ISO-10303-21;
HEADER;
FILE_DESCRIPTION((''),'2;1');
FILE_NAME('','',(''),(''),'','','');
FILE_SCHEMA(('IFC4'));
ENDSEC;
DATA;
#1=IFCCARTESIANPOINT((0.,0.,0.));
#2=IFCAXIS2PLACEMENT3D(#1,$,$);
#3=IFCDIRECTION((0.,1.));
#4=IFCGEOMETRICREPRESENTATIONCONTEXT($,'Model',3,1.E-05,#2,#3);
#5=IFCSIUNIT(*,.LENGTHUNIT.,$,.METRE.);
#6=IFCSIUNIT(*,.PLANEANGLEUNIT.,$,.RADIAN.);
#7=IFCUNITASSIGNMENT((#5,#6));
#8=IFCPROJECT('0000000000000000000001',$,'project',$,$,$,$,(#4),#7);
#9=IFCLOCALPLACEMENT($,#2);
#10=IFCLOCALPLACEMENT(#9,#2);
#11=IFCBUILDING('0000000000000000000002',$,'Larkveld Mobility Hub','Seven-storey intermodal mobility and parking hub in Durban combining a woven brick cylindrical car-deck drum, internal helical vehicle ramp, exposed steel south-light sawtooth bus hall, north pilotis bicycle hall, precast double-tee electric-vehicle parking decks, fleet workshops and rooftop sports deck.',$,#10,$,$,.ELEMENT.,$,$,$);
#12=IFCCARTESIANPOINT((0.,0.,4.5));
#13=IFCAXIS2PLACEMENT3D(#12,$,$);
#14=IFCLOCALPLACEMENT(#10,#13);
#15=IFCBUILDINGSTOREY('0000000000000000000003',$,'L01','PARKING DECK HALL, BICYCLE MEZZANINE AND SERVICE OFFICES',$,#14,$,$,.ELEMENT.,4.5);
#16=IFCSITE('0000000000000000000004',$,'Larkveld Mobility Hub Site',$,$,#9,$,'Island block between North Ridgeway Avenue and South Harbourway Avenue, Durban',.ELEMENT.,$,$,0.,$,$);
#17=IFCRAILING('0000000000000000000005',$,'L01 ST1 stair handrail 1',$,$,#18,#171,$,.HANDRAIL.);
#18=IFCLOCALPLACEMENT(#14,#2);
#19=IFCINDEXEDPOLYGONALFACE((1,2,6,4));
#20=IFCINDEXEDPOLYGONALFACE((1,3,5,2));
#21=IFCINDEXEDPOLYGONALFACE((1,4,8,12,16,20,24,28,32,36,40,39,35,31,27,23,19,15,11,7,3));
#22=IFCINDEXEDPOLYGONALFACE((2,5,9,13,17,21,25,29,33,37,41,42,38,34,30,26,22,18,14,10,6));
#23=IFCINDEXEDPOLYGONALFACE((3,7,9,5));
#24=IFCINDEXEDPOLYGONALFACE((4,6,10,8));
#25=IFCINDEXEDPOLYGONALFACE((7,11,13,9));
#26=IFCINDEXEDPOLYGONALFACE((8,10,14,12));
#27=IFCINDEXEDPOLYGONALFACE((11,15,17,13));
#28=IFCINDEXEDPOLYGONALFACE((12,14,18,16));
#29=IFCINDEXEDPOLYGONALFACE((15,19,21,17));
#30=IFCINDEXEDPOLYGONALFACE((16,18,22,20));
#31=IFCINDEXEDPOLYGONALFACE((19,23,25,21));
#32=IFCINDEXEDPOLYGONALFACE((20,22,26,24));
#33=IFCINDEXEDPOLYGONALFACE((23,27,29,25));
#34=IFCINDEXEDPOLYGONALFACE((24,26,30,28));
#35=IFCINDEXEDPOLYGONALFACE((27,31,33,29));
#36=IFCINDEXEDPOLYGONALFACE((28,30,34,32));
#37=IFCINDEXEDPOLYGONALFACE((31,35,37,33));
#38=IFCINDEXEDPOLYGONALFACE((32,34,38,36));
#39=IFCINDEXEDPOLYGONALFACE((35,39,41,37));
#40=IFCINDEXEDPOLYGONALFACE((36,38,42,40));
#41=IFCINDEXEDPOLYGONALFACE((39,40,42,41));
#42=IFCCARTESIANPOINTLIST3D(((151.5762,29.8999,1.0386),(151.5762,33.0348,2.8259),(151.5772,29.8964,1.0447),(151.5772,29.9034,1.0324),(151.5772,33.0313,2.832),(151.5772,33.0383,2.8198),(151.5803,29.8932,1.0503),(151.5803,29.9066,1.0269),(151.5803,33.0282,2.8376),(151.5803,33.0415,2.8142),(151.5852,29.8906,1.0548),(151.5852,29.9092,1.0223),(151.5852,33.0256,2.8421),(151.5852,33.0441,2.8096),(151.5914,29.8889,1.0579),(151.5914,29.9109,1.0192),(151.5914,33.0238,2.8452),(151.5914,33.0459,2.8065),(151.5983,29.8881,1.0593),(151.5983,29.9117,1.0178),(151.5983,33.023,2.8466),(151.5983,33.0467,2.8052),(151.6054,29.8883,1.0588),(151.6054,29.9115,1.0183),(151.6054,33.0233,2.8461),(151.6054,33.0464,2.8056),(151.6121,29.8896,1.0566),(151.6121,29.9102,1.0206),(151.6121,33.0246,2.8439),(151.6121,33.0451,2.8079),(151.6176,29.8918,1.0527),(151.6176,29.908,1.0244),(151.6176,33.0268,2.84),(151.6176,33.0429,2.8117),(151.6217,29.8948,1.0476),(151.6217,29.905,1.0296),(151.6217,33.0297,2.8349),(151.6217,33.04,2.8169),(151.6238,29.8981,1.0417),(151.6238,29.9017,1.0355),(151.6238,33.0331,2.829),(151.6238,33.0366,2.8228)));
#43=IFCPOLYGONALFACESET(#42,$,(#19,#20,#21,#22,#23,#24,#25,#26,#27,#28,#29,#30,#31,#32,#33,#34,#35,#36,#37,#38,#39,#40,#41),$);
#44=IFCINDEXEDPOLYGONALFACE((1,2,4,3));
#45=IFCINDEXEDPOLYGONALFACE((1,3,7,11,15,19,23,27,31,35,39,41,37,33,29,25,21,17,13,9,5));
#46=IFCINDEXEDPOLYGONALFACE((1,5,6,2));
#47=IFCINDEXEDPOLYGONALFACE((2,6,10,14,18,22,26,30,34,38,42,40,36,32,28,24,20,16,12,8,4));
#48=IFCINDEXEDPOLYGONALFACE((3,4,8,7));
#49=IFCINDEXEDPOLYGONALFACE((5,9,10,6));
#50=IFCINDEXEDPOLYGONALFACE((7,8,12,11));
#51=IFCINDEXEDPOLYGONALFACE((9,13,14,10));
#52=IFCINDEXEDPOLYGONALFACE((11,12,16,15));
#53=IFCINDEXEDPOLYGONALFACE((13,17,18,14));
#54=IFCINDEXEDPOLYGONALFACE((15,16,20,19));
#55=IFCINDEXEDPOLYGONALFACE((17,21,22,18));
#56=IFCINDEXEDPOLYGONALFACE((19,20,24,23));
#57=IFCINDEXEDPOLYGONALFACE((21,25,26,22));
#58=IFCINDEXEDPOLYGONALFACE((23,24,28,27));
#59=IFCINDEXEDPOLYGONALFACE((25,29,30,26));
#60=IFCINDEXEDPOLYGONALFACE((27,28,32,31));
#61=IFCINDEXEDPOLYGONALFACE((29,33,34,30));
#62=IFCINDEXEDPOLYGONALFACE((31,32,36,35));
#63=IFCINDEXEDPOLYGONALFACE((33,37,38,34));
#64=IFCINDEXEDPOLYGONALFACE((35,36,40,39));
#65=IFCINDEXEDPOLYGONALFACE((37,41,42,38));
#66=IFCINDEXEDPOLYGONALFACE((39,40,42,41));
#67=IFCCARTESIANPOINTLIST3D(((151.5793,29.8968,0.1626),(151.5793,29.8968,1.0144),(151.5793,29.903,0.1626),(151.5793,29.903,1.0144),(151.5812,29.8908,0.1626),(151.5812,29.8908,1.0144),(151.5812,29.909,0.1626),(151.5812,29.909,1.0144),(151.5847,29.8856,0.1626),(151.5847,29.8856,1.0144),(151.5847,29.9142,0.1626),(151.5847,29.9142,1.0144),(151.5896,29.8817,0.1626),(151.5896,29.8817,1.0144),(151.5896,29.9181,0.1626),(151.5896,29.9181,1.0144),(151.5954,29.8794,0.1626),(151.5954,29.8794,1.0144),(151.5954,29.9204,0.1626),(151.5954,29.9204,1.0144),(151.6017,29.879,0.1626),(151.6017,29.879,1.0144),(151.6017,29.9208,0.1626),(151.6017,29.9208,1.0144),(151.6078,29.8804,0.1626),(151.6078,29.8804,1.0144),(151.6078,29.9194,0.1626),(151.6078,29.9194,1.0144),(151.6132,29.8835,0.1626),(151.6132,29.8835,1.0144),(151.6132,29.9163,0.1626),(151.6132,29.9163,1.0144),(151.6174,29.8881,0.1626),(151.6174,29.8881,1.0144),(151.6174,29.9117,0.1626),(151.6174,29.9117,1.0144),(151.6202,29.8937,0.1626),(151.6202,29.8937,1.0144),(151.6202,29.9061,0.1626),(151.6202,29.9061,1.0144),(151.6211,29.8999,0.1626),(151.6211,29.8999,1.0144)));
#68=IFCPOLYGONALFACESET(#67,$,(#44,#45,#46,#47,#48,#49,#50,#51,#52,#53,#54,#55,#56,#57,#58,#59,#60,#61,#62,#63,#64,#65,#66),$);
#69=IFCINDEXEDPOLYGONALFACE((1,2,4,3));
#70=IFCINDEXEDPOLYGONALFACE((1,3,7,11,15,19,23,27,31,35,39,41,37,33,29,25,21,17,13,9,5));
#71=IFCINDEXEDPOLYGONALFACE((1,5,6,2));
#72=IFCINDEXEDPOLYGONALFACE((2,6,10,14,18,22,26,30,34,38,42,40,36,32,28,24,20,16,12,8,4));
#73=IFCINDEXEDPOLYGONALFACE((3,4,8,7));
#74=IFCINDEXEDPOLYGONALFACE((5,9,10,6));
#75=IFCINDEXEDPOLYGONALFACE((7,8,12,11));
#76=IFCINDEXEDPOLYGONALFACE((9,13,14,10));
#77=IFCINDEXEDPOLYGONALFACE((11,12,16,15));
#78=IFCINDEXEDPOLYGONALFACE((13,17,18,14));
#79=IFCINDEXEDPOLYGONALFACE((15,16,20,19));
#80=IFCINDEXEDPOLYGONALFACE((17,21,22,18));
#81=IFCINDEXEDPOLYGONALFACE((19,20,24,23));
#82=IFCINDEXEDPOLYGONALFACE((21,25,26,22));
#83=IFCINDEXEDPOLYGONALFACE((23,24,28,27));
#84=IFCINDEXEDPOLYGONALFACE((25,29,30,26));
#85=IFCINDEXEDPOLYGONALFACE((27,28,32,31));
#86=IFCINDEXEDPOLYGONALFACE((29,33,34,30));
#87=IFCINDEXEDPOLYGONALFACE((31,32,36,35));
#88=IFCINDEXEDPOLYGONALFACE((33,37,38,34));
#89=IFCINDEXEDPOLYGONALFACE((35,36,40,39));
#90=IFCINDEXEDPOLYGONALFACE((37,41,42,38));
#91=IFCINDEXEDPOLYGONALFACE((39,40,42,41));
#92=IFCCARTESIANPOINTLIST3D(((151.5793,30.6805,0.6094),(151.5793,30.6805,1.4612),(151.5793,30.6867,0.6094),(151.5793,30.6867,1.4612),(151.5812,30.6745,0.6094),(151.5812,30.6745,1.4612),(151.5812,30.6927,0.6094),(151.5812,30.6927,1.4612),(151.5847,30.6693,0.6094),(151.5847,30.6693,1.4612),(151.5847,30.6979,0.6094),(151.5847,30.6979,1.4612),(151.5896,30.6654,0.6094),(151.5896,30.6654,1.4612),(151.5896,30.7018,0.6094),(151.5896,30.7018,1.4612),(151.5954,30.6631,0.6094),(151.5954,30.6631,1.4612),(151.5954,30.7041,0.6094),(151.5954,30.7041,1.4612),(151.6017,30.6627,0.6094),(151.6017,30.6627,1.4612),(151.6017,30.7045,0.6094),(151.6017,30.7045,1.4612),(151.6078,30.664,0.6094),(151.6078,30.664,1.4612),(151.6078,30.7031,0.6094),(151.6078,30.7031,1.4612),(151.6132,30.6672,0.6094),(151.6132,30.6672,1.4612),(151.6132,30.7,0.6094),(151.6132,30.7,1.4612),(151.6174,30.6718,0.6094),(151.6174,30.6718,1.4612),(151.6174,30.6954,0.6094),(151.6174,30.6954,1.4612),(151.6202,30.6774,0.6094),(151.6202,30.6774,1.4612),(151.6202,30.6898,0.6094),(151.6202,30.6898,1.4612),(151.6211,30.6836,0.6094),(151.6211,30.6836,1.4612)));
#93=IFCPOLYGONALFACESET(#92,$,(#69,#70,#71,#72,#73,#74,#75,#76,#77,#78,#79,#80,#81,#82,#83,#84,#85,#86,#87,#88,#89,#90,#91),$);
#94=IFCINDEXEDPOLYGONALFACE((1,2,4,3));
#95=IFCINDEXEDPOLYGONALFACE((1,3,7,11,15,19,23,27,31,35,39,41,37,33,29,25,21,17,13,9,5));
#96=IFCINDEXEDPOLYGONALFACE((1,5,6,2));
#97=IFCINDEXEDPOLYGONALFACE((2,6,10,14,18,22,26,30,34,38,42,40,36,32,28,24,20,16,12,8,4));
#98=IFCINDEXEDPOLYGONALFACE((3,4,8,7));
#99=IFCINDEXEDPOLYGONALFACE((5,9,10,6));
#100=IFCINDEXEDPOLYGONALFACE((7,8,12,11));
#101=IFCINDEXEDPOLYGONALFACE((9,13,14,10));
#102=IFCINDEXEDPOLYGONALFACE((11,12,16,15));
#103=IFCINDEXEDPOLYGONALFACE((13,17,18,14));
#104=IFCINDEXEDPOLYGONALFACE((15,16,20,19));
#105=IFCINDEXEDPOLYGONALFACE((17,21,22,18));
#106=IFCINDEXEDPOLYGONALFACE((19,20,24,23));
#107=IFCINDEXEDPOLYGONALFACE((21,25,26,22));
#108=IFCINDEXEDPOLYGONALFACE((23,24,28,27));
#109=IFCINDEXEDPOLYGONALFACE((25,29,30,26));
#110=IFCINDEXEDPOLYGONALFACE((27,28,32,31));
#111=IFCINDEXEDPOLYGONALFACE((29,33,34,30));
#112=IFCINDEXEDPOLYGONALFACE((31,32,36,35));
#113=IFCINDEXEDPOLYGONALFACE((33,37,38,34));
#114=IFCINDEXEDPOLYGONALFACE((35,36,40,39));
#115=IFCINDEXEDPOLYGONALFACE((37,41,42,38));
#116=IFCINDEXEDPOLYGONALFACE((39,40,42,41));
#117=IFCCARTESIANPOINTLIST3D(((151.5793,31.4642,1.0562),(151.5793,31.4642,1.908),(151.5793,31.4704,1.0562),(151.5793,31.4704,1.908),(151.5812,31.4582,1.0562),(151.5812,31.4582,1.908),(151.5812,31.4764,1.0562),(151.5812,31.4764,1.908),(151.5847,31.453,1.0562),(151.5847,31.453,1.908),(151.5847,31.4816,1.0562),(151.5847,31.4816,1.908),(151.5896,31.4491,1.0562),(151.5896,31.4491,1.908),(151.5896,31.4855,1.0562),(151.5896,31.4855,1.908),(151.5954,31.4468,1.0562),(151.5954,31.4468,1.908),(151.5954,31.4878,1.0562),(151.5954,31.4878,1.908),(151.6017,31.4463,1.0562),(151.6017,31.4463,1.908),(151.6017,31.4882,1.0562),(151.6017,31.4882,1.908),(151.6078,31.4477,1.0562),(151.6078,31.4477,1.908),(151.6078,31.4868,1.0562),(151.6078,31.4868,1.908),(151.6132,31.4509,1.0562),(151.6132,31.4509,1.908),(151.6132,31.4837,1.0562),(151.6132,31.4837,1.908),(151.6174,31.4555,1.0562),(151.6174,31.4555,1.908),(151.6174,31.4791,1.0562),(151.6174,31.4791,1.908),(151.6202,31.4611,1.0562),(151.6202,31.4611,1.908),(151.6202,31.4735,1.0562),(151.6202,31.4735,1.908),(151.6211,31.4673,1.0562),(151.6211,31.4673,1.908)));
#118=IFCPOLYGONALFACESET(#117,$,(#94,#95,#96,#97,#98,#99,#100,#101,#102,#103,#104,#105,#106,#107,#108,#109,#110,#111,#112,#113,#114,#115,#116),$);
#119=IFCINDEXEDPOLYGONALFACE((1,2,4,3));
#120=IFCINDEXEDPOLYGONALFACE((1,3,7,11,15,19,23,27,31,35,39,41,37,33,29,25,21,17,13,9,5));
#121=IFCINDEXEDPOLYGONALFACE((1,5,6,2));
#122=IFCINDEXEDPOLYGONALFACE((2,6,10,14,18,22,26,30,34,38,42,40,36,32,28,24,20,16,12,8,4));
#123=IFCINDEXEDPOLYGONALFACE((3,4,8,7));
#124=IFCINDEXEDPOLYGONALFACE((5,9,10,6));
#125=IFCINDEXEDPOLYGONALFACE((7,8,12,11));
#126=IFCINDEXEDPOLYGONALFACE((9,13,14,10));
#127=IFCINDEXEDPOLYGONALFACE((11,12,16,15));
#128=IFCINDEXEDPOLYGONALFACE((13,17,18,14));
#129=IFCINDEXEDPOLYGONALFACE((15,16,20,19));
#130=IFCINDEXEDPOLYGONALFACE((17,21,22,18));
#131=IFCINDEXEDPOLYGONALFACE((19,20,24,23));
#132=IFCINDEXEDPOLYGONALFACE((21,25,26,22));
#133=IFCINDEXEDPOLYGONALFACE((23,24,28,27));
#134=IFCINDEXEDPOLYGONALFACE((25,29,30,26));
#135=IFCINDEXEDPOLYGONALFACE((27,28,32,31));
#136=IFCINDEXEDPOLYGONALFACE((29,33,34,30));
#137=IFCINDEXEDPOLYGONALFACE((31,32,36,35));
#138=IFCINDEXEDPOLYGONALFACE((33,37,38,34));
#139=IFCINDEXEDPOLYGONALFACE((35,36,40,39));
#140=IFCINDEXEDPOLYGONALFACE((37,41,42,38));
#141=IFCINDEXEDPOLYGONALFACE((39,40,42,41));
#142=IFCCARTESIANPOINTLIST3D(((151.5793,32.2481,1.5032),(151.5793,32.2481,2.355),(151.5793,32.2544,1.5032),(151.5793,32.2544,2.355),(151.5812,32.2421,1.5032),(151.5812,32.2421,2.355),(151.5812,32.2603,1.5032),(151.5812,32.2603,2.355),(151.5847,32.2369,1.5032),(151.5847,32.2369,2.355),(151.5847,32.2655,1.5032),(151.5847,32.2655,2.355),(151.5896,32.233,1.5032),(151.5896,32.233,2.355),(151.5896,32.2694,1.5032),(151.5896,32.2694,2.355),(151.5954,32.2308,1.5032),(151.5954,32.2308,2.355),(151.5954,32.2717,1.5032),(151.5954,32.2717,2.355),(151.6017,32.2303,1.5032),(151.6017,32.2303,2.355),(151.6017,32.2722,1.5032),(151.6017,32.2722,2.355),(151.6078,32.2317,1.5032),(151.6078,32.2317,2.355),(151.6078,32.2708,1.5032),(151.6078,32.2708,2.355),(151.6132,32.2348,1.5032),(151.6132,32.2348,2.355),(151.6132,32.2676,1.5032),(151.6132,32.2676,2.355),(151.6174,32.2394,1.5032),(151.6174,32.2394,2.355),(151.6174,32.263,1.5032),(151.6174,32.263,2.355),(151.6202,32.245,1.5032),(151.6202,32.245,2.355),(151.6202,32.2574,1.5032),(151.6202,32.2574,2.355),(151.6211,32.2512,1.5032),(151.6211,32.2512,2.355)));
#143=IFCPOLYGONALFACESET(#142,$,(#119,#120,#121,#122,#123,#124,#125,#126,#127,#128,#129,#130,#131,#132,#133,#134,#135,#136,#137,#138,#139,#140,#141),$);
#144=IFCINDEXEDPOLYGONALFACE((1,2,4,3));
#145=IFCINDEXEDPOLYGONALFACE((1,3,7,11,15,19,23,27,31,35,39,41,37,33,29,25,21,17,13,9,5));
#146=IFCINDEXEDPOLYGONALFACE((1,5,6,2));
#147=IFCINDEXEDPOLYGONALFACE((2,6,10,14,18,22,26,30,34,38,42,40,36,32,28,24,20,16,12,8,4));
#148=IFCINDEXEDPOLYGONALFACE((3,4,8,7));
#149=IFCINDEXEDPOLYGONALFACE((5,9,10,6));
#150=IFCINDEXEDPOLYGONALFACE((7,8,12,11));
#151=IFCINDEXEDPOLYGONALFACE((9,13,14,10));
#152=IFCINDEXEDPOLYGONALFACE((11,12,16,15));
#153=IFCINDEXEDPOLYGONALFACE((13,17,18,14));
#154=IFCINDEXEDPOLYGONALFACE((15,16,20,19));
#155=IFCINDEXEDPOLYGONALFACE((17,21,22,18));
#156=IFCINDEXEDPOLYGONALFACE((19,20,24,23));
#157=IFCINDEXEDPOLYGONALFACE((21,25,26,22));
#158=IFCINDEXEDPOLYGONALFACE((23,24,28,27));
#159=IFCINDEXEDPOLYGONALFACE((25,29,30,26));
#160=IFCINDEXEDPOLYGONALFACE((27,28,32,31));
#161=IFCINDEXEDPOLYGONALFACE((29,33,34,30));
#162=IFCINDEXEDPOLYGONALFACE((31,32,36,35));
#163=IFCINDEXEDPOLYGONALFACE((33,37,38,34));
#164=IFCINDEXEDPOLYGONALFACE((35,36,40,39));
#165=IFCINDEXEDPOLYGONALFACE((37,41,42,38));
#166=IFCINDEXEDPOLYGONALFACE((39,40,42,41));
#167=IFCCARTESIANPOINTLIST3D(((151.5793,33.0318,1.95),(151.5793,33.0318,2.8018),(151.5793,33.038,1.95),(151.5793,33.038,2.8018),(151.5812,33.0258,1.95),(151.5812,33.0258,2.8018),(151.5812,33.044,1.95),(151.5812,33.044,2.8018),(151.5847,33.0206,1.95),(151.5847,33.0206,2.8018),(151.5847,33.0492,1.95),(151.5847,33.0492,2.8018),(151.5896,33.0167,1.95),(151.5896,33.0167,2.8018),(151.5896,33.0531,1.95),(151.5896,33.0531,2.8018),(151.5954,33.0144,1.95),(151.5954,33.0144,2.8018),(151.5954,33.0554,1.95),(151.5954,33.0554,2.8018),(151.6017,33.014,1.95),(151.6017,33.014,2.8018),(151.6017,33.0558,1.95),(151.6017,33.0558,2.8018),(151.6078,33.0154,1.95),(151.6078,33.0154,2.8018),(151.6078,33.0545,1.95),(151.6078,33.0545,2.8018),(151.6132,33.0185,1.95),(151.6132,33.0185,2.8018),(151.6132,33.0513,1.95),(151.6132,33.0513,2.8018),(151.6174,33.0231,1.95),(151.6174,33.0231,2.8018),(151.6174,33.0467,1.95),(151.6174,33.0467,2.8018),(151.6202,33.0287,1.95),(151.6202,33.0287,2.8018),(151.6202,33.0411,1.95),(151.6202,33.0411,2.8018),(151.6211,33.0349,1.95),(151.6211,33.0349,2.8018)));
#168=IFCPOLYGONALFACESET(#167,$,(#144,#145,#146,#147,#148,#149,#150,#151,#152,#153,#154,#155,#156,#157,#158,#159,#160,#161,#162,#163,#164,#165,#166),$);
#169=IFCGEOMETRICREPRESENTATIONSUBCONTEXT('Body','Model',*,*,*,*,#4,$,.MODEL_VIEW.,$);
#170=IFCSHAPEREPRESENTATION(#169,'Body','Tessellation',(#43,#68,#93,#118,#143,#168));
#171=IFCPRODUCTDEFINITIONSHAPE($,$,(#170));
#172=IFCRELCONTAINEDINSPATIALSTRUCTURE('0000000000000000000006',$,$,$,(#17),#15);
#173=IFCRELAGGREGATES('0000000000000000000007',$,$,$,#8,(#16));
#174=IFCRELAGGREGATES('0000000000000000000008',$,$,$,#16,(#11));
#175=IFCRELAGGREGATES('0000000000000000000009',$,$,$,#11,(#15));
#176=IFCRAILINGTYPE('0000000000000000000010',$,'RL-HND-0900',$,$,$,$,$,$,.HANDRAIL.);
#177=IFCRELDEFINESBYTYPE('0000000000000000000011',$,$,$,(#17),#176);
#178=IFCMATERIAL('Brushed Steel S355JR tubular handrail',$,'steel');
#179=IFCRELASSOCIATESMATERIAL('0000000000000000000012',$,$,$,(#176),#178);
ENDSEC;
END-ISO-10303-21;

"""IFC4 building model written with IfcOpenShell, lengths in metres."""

from ifc_helpers import new_model, si_unit, direction, frame, origin, origin_2d, place, context, subcontext, project, spatial, circle, extrude, material, type_object, element, save


model = new_model("IFC4")

# Units and contexts
model_context = context("Model", 3, precision=1e-05, world=origin(), true_north=direction((0.0, 1.0)))
body_context = subcontext(model_context, "Body", "Model", "MODEL_VIEW")
ifc_project = project(units=[si_unit("LENGTHUNIT", "METRE"), si_unit("PLANEANGLEUNIT", "RADIAN")], contexts=[model_context])

# Site, building, storey
site_placement = place(None, origin())
site = spatial("IfcSite", under=ifc_project, at=site_placement, Name="Larkveld Mobility Hub Site", LongName="Island block between North Ridgeway Avenue and South Harbourway Avenue, Durban", CompositionType="ELEMENT", RefElevation=0.0)
building_placement = place(site_placement, origin())
building = spatial("IfcBuilding", under=site, at=building_placement, Name="Larkveld Mobility Hub", Description="Seven-storey intermodal mobility and parking hub in Durban combining a woven brick cylindrical car-deck drum, internal helical vehicle ramp, exposed steel south-light sawtooth bus hall, north pilotis bicycle hall, precast double-tee electric-vehicle parking decks, fleet workshops and rooftop sports deck.", CompositionType="ELEMENT")
storey_placement = place(building_placement, frame((0.0, 0.0, 4.5)))
storey = spatial("IfcBuildingStorey", under=building, at=storey_placement, Name="L01", Description="PARKING DECK HALL, BICYCLE MEZZANINE AND SERVICE OFFICES", CompositionType="ELEMENT", Elevation=4.5)

# Railing
ifc_material_1 = material(Name="Brushed Steel S355JR tubular handrail", Category="steel")
railing_type_1 = type_object("IfcRailingType", Name="RL-HND-0900", PredefinedType="HANDRAIL", material=ifc_material_1)
railing_1_placement = place(storey_placement, frame((151.6001, 29.8999, 0.1626)))
element("IfcRailing", 1, at=railing_1_placement, inside=storey, type_object=railing_type_1, Name="L01 ST1 stair handrail 1", PredefinedType="HANDRAIL", context=body_context, shape_type="SweptSolid", body=[
    extrude(circle(Radius=0.0239, at=origin_2d()), frame((0.0, 0.0, 0.876), z_axis=(0.0, 0.86873, 0.495286), x_axis=(-1.0, 0.0, 0.0)), (0.0, 0.0, 1.0), 3.6086),
    extrude(circle(Radius=0.021, at=origin_2d()), origin(), (0.0, 0.0, 1.0), 0.8518),
    extrude(circle(Radius=0.021, at=origin_2d()), frame((0.0, 0.7837, 0.4468)), (0.0, 0.0, 1.0), 0.8518),
    extrude(circle(Radius=0.021, at=origin_2d()), frame((0.0, 1.5674, 0.8936)), (0.0, 0.0, 1.0), 0.8518),
    extrude(circle(Radius=0.021, at=origin_2d()), frame((0.0, 2.3513, 1.3406)), (0.0, 0.0, 1.0), 0.8518),
    extrude(circle(Radius=0.021, at=origin_2d()), frame((0.0, 3.135, 1.7874)), (0.0, 0.0, 1.0), 0.8518),
])

save(model, "model.ifc")
